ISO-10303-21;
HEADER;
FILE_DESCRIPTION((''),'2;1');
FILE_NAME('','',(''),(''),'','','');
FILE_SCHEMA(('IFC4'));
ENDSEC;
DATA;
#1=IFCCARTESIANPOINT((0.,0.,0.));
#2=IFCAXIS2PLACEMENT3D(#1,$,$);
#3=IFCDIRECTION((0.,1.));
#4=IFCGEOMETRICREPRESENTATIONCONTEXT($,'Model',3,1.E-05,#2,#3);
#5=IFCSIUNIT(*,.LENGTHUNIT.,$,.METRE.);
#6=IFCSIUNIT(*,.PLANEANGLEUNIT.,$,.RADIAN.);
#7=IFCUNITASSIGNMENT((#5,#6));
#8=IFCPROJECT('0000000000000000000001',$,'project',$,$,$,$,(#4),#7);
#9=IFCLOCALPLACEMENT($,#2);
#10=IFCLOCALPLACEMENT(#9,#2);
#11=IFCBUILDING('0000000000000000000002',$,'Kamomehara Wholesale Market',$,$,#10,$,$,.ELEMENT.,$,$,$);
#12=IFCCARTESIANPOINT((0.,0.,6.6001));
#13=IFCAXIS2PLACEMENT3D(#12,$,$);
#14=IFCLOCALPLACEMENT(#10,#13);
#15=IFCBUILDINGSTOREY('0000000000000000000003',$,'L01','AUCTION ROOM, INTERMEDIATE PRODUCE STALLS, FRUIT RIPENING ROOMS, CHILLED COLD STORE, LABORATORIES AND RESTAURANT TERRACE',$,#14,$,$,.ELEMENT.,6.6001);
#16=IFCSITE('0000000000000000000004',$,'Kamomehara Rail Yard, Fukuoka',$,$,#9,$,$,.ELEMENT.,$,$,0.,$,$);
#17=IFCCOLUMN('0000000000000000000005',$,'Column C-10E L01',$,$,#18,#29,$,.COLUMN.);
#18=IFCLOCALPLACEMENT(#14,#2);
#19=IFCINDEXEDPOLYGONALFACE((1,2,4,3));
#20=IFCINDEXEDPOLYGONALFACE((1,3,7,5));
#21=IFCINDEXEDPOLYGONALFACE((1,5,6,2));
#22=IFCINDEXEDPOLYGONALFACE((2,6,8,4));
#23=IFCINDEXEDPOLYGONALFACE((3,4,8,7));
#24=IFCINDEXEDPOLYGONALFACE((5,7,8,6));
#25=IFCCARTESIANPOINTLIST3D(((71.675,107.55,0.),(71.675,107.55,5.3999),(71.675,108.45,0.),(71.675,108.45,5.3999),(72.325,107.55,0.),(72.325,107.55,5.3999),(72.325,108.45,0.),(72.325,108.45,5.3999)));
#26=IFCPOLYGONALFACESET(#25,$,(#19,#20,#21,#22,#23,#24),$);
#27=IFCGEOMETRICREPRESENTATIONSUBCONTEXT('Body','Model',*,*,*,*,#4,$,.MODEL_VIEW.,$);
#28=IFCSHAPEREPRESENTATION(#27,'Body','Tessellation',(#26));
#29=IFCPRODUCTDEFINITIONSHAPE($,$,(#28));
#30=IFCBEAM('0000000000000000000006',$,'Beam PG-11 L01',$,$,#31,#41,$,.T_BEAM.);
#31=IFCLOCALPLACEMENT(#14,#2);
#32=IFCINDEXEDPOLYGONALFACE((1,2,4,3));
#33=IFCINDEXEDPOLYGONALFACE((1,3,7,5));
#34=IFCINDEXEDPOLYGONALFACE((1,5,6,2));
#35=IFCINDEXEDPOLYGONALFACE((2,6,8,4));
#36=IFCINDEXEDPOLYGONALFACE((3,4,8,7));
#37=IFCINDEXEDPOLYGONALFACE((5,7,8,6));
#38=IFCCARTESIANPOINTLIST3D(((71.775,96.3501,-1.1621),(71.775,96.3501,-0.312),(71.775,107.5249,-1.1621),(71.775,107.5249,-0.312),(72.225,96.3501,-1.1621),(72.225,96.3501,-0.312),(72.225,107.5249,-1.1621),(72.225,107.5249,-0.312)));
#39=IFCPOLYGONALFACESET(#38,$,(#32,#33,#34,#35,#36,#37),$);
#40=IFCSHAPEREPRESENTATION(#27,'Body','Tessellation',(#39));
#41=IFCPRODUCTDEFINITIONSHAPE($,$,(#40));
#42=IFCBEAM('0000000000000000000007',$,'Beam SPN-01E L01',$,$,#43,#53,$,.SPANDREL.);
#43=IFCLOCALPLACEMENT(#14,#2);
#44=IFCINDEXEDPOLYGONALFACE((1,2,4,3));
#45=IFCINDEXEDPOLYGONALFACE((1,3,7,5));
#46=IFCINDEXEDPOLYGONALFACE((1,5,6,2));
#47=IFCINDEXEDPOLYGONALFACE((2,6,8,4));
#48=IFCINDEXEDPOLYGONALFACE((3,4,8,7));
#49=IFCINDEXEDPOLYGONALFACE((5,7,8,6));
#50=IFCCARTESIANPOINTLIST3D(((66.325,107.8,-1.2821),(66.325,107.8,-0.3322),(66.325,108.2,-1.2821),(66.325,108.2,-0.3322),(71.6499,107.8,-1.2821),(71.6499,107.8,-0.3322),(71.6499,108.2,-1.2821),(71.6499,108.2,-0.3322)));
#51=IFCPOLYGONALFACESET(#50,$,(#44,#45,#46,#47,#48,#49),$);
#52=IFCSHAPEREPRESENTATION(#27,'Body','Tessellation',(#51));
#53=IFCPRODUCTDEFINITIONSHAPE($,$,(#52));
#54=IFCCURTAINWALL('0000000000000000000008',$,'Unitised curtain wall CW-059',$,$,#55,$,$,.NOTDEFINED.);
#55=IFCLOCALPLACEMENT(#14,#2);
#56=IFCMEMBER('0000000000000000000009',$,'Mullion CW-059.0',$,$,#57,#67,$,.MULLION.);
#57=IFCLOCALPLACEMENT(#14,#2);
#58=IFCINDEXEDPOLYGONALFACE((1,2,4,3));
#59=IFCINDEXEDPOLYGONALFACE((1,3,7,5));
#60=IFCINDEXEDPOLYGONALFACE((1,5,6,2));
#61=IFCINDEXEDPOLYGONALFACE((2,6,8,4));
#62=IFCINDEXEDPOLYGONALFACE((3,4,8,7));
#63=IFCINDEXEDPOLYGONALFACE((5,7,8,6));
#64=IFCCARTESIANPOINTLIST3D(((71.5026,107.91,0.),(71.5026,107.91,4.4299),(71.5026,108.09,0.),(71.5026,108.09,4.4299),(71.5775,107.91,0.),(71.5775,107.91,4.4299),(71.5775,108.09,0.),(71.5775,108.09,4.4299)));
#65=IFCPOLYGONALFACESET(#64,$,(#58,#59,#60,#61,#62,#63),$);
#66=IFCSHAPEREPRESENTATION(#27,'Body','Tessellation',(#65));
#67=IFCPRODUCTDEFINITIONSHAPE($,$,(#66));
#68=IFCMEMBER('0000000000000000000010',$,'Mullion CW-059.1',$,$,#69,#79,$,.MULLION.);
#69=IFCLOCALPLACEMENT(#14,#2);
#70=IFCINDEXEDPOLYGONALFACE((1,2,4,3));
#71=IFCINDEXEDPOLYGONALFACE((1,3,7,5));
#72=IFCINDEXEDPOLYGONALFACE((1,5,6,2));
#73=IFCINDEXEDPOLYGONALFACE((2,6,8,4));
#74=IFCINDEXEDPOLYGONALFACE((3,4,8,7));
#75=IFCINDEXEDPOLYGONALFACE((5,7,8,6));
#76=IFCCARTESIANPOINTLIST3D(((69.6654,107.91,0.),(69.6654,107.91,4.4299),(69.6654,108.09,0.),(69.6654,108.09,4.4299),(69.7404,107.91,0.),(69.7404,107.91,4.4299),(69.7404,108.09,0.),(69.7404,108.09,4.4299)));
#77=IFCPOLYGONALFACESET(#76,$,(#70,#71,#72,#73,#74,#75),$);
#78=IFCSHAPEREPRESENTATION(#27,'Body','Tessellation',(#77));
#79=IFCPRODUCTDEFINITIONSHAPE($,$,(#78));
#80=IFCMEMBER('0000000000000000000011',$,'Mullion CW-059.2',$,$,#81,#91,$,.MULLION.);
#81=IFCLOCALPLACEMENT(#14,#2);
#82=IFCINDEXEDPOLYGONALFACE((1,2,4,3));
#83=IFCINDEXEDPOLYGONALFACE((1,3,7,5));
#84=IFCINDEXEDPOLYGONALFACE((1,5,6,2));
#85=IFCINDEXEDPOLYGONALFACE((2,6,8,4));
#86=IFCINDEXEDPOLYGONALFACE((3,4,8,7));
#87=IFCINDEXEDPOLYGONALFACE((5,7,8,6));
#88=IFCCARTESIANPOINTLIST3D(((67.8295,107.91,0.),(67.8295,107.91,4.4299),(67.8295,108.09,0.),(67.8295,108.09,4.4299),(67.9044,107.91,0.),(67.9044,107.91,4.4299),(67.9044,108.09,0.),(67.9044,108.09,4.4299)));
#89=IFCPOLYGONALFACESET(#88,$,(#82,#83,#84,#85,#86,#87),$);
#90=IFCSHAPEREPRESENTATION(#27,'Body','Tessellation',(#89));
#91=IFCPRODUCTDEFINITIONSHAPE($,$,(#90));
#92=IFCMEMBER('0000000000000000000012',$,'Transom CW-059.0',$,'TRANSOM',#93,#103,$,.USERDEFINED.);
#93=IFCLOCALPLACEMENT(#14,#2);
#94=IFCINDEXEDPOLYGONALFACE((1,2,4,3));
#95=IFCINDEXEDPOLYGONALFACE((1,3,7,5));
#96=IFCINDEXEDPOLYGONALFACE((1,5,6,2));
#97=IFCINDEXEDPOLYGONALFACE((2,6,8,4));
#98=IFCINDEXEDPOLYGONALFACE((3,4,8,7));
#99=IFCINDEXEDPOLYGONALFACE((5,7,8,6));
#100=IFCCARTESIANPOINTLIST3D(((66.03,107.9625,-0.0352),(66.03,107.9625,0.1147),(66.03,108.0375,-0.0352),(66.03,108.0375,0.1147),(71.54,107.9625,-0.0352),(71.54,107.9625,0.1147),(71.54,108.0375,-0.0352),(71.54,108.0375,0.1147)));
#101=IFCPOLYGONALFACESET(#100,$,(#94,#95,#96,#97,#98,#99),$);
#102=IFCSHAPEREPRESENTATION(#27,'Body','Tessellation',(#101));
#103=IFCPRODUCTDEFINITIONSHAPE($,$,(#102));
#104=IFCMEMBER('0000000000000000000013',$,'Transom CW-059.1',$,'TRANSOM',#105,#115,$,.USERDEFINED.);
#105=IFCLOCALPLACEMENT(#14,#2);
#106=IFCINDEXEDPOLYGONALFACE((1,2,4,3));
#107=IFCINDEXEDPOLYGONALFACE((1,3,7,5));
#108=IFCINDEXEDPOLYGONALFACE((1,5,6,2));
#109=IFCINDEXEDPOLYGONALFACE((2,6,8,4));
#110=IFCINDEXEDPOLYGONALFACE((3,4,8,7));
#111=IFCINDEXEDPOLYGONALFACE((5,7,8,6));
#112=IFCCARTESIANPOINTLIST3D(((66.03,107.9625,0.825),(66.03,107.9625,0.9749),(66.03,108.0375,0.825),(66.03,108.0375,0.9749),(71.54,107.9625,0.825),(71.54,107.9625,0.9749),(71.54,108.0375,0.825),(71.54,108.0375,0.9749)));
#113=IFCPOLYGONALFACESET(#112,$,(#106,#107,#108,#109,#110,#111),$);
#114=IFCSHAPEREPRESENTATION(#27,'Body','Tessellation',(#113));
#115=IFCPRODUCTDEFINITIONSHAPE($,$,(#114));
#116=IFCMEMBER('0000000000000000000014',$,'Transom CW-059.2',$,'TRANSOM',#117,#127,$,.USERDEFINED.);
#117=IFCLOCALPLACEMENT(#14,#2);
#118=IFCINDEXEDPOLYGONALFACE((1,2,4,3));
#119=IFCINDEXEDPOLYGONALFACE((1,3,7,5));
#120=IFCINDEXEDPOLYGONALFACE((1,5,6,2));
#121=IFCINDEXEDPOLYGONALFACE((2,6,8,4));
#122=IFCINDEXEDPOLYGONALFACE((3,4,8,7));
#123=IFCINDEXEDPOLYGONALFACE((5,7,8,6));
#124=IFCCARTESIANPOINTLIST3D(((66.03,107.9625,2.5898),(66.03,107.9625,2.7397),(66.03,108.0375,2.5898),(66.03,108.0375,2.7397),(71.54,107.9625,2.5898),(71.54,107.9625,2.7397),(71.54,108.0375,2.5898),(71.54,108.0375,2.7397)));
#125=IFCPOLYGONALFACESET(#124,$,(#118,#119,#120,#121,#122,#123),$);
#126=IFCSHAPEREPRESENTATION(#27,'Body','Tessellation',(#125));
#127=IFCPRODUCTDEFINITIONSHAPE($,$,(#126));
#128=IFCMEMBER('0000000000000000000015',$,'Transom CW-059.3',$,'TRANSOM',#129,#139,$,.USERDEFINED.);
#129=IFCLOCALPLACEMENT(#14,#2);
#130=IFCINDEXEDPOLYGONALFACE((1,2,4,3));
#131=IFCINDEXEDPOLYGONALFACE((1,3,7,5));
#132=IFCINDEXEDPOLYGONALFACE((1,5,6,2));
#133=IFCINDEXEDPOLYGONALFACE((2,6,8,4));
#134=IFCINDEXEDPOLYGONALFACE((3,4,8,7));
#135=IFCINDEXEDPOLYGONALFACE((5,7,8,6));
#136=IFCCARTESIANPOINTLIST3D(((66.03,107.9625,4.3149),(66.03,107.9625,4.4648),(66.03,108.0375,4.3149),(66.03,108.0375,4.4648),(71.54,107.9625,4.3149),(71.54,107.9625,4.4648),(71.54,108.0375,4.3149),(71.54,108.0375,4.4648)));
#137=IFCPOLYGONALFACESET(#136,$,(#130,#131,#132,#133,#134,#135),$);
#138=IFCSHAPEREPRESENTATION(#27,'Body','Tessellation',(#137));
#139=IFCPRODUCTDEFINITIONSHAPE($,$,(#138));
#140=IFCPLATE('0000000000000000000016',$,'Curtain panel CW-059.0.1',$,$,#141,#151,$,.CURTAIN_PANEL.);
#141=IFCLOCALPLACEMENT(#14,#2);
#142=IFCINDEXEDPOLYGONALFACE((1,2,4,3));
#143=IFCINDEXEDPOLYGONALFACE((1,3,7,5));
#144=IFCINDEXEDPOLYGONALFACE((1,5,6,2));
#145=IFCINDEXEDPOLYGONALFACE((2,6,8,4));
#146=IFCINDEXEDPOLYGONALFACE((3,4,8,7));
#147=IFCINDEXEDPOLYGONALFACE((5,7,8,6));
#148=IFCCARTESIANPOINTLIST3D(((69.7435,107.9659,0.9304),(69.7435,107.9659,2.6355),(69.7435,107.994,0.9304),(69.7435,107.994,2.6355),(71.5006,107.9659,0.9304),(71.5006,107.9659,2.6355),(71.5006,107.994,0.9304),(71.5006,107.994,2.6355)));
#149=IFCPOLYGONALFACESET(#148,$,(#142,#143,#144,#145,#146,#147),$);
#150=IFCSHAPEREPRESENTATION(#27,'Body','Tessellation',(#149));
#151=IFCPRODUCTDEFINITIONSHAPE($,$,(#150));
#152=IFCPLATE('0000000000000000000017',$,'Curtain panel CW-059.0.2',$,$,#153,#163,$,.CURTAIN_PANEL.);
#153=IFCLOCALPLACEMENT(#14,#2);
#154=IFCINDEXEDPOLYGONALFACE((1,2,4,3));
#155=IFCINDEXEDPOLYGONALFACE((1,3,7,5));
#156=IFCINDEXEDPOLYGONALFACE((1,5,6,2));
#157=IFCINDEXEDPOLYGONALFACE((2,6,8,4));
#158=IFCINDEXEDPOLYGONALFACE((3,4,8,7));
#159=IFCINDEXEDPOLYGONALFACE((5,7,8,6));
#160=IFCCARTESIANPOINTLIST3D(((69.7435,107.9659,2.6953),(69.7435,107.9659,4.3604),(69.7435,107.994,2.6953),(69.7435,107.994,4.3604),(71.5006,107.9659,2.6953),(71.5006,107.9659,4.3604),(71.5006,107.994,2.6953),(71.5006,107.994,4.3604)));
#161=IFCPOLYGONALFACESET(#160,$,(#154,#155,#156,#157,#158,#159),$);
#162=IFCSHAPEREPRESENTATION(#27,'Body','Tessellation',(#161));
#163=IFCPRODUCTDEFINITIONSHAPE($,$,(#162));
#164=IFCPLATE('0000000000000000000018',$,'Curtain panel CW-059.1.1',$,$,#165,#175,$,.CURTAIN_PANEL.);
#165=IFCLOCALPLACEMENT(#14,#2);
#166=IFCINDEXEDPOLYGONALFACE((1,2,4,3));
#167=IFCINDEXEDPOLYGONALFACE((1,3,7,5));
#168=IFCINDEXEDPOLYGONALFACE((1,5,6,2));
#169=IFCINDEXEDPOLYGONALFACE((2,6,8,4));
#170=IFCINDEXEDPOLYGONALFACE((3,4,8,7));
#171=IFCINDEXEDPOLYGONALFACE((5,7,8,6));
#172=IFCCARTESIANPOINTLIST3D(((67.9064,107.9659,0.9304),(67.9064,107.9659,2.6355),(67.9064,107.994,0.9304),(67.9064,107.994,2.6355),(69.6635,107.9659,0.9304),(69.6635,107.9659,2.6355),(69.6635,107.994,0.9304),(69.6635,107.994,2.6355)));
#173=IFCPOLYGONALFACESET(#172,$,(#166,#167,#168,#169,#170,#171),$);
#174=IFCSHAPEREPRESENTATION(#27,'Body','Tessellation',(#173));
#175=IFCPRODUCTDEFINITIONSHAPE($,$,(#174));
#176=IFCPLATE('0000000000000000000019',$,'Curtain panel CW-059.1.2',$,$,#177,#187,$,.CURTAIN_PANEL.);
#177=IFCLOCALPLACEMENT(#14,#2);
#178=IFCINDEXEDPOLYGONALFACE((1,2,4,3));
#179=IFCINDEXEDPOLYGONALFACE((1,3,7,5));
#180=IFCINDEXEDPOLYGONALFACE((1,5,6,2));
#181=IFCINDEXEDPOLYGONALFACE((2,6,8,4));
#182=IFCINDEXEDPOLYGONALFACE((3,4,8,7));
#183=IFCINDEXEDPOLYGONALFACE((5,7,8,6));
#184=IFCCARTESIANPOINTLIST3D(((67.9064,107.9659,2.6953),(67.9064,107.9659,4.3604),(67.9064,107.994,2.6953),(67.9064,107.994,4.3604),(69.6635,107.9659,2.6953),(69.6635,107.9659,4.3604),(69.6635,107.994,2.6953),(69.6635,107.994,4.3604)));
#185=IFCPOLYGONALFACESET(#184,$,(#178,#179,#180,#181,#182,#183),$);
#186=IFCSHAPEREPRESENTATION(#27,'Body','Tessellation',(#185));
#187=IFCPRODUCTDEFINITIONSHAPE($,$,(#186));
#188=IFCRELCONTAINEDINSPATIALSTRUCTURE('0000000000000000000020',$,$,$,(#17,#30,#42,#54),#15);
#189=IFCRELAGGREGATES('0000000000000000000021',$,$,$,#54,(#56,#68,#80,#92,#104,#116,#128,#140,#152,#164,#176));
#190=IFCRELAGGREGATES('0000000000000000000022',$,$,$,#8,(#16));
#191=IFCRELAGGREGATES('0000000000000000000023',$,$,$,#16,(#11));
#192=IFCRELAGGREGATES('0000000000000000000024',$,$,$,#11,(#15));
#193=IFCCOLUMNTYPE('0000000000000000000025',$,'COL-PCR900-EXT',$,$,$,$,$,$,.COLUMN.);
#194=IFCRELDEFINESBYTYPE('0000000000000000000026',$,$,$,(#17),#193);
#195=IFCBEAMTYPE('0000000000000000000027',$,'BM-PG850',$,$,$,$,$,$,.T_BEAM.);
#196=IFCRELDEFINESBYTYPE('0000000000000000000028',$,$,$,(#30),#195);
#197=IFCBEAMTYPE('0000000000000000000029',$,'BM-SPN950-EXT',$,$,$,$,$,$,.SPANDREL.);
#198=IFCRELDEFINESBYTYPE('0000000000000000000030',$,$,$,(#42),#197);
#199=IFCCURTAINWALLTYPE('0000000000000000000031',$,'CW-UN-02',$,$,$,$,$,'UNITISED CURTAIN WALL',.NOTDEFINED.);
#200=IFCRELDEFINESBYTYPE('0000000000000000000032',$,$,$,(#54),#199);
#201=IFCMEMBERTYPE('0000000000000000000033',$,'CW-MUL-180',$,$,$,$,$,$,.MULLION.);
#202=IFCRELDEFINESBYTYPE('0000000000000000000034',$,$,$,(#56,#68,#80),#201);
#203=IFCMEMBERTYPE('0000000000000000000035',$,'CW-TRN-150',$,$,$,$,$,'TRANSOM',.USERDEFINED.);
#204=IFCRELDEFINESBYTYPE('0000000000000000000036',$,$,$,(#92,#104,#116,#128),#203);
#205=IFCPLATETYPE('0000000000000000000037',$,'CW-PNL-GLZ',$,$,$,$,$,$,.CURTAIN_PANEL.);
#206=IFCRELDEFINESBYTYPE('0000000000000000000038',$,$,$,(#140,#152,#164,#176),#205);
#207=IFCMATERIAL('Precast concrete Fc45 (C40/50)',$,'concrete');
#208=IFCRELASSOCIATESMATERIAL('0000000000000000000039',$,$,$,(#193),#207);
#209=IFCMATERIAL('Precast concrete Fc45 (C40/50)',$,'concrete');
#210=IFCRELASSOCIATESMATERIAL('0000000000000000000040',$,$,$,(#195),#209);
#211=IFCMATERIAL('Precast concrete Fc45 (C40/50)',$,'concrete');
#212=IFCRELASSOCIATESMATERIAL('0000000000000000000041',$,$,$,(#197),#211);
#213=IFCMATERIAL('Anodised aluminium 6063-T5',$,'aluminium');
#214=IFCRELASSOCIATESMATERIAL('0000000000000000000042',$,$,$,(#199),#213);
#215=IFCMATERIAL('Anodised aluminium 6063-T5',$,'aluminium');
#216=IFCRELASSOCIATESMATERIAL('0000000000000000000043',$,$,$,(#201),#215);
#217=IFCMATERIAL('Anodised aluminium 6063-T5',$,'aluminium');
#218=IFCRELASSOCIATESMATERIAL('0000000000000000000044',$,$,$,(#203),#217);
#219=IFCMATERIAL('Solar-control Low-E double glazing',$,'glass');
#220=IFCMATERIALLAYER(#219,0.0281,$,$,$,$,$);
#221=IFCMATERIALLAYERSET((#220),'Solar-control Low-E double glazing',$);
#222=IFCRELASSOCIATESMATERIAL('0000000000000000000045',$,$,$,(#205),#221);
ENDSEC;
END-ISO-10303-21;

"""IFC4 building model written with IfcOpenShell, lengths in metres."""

from ifc_helpers import new_model, si_unit, direction, frame, origin, origin_2d, place, context, subcontext, project, spatial, rectangle, extrude, material, layer, layer_set, material_profile, profile_set, type_object, element, aggregate, save


model = new_model("IFC4")

# Units and contexts
model_context = context("Model", 3, precision=1e-05, world=origin(), true_north=direction((0.0, 1.0)))
body_context = subcontext(model_context, "Body", "Model", "MODEL_VIEW")
ifc_project = project(units=[si_unit("LENGTHUNIT", "METRE"), si_unit("PLANEANGLEUNIT", "RADIAN")], contexts=[model_context])

# Site, building, storey
site_placement = place(None, origin())
site = spatial("IfcSite", under=ifc_project, at=site_placement, Name="Kamomehara Rail Yard, Fukuoka", CompositionType="ELEMENT", RefElevation=0.0)
building_placement = place(site_placement, origin())
building = spatial("IfcBuilding", under=site, at=building_placement, Name="Kamomehara Wholesale Market", CompositionType="ELEMENT")
storey_placement = place(building_placement, frame((0.0, 0.0, 6.6001)))
storey = spatial("IfcBuildingStorey", under=building, at=storey_placement, Name="L01", Description="AUCTION ROOM, INTERMEDIATE PRODUCE STALLS, FRUIT RIPENING ROOMS, CHILLED COLD STORE, LABORATORIES AND RESTAURANT TERRACE", CompositionType="ELEMENT", Elevation=6.6001)

# Column
ifc_material_1 = material(Name="Precast concrete Fc45 (C40/50)", Category="concrete")
ifc_material_profile_1 = material_profile(ifc_material_1, rectangle(XDim=0.6499, YDim=0.8999, at=origin_2d()), Name="PC-COL-650x900")
ifc_profile_set_1 = profile_set([ifc_material_profile_1], Name="Precast concrete Fc45 (C40/50)")
column_type = type_object("IfcColumnType", Name="COL-PCR900-EXT", PredefinedType="COLUMN", material=ifc_profile_set_1)
column_placement = place(storey_placement, frame((72.0, 108.0, 0.0), z_axis=(0.0, 0.0, 1.0), x_axis=(1.0, 0.0, 0.0)))
element("IfcColumn", 1, at=column_placement, inside=storey, type_object=column_type, Name="Column C-10E L01", PredefinedType="COLUMN", context=body_context, shape_type="SweptSolid", body=[
    extrude(rectangle(XDim=0.6499, YDim=0.8999, at=origin_2d()), origin(), (0.0, 0.0, 1.0), 5.3999),
])

# Beams
ifc_material_2 = material(Name="Precast concrete Fc45 (C40/50)", Category="concrete")
ifc_material_profile_2 = material_profile(ifc_material_2, rectangle(XDim=0.45, YDim=0.8501, at=origin_2d()), Name="PC-GRD-450x850")
ifc_profile_set_2 = profile_set([ifc_material_profile_2], Name="Precast concrete Fc45 (C40/50)")
beam_type_1 = type_object("IfcBeamType", Name="BM-PG850", PredefinedType="T_BEAM", material=ifc_profile_set_2)
beam_1_placement = place(storey_placement, frame((72.0, 96.3501, -0.7371), z_axis=(0.0, 1.0, 0.0), x_axis=(-1.0, 0.0, 0.0)))
element("IfcBeam", 2, at=beam_1_placement, inside=storey, type_object=beam_type_1, Name="Beam PG-11 L01", PredefinedType="T_BEAM", context=body_context, shape_type="SweptSolid", body=[
    extrude(rectangle(XDim=0.45, YDim=0.8501, at=origin_2d()), origin(), (0.0, 0.0, 1.0), 11.1748),
])
ifc_material_3 = material(Name="Precast concrete Fc45 (C40/50)", Category="concrete")
ifc_material_profile_3 = material_profile(ifc_material_3, rectangle(XDim=0.3999, YDim=0.95, at=origin_2d()), Name="PC-SPN-400x950")
ifc_profile_set_3 = profile_set([ifc_material_profile_3], Name="Precast concrete Fc45 (C40/50)")
beam_type_2 = type_object("IfcBeamType", Name="BM-SPN950-EXT", PredefinedType="SPANDREL", material=ifc_profile_set_3)
beam_2_placement = place(storey_placement, frame((66.325, 108.0, -0.8071), z_axis=(1.0, 0.0, 0.0), x_axis=(0.0, 1.0, 0.0)))
element("IfcBeam", 3, at=beam_2_placement, inside=storey, type_object=beam_type_2, Name="Beam SPN-01E L01", PredefinedType="SPANDREL", context=body_context, shape_type="SweptSolid", body=[
    extrude(rectangle(XDim=0.3999, YDim=0.95, at=origin_2d()), origin(), (0.0, 0.0, 1.0), 5.325),
])

# Curtain wall, members, plates
ifc_material_4 = material(Name="Anodised aluminium 6063-T5", Category="aluminium")
curtain_wall_type = type_object("IfcCurtainWallType", Name="CW-UN-02", ElementType="UNITISED CURTAIN WALL", PredefinedType="NOTDEFINED", material=ifc_material_4)
curtain_wall_placement = place(storey_placement, origin())
curtain_wall = element("IfcCurtainWall", 4, at=curtain_wall_placement, inside=storey, type_object=curtain_wall_type, Name="Unitised curtain wall CW-059", PredefinedType="NOTDEFINED")
ifc_material_5 = material(Name="Anodised aluminium 6063-T5", Category="aluminium")
ifc_material_profile_4 = material_profile(ifc_material_5, rectangle(XDim=0.075, YDim=0.1799, at=origin_2d()), Name="ALU-MUL-75x180")
ifc_profile_set_4 = profile_set([ifc_material_profile_4], Name="Anodised aluminium 6063-T5")
member_type_1 = type_object("IfcMemberType", Name="CW-MUL-180", PredefinedType="MULLION", material=ifc_profile_set_4)
member_1_placement = place(storey_placement, frame((71.54, 108.0, 0.0), z_axis=(0.0, 0.0, 1.0), x_axis=(-1.0, 0.0, 0.0)))
member_1 = element("IfcMember", 5, at=member_1_placement, type_object=member_type_1, Name="Mullion CW-059.0", PredefinedType="MULLION", context=body_context, shape_type="SweptSolid", body=[
    extrude(rectangle(XDim=0.075, YDim=0.1799, at=origin_2d()), origin(), (0.0, 0.0, 1.0), 4.4299),
])
member_2_placement = place(storey_placement, frame((69.7029, 108.0, 0.0), z_axis=(0.0, 0.0, 1.0), x_axis=(-1.0, 0.0, 0.0)))
member_2 = element("IfcMember", 6, at=member_2_placement, type_object=member_type_1, Name="Mullion CW-059.1", PredefinedType="MULLION", context=body_context, shape_type="SweptSolid", body=[
    extrude(rectangle(XDim=0.075, YDim=0.1799, at=origin_2d()), origin(), (0.0, 0.0, 1.0), 4.4299),
])
member_3_placement = place(storey_placement, frame((67.8669, 108.0, 0.0), z_axis=(0.0, 0.0, 1.0), x_axis=(-1.0, 0.0, 0.0)))
member_3 = element("IfcMember", 7, at=member_3_placement, type_object=member_type_1, Name="Mullion CW-059.2", PredefinedType="MULLION", context=body_context, shape_type="SweptSolid", body=[
    extrude(rectangle(XDim=0.075, YDim=0.1799, at=origin_2d()), origin(), (0.0, 0.0, 1.0), 4.4299),
])
ifc_material_6 = material(Name="Anodised aluminium 6063-T5", Category="aluminium")
ifc_material_profile_5 = material_profile(ifc_material_6, rectangle(XDim=0.075, YDim=0.1499, at=origin_2d()), Name="ALU-TRN-75x150")
ifc_profile_set_5 = profile_set([ifc_material_profile_5], Name="Anodised aluminium 6063-T5")
member_type_2 = type_object("IfcMemberType", Name="CW-TRN-150", ElementType="TRANSOM", PredefinedType="USERDEFINED", material=ifc_profile_set_5)
member_4_placement = place(storey_placement, frame((71.54, 108.0, 0.0398), z_axis=(-1.0, 0.0, 0.0), x_axis=(0.0, -1.0, 0.0)))
member_4 = element("IfcMember", 8, at=member_4_placement, type_object=member_type_2, Name="Transom CW-059.0", ObjectType="TRANSOM", PredefinedType="USERDEFINED", context=body_context, shape_type="SweptSolid", body=[
    extrude(rectangle(XDim=0.075, YDim=0.1499, at=origin_2d()), origin(), (0.0, 0.0, 1.0), 5.51),
])
member_5_placement = place(storey_placement, frame((71.54, 108.0, 0.8999), z_axis=(-1.0, 0.0, 0.0), x_axis=(0.0, -1.0, 0.0)))
member_5 = element("IfcMember", 9, at=member_5_placement, type_object=member_type_2, Name="Transom CW-059.1", ObjectType="TRANSOM", PredefinedType="USERDEFINED", context=body_context, shape_type="SweptSolid", body=[
    extrude(rectangle(XDim=0.075, YDim=0.1499, at=origin_2d()), origin(), (0.0, 0.0, 1.0), 5.51),
])
member_6_placement = place(storey_placement, frame((71.54, 108.0, 2.6648), z_axis=(-1.0, 0.0, 0.0), x_axis=(0.0, -1.0, 0.0)))
member_6 = element("IfcMember", 10, at=member_6_placement, type_object=member_type_2, Name="Transom CW-059.2", ObjectType="TRANSOM", PredefinedType="USERDEFINED", context=body_context, shape_type="SweptSolid", body=[
    extrude(rectangle(XDim=0.075, YDim=0.1499, at=origin_2d()), origin(), (0.0, 0.0, 1.0), 5.51),
])
member_7_placement = place(storey_placement, frame((71.54, 108.0, 4.3899), z_axis=(-1.0, 0.0, 0.0), x_axis=(0.0, -1.0, 0.0)))
member_7 = element("IfcMember", 11, at=member_7_placement, type_object=member_type_2, Name="Transom CW-059.3", ObjectType="TRANSOM", PredefinedType="USERDEFINED", context=body_context, shape_type="SweptSolid", body=[
    extrude(rectangle(XDim=0.075, YDim=0.1499, at=origin_2d()), origin(), (0.0, 0.0, 1.0), 5.51),
])
ifc_material_7 = material(Name="Solar-control Low-E double glazing", Category="glass")
ifc_layer_1 = layer(ifc_material_7, 0.0281)
ifc_layer_set_1 = layer_set([ifc_layer_1], Name="Solar-control Low-E double glazing")
plate_type_1 = type_object("IfcPlateType", Name="CW-PNL-GLZ", PredefinedType="CURTAIN_PANEL", material=ifc_layer_set_1)
plate_1_placement = place(storey_placement, frame((70.6221, 107.98, 0.9304), z_axis=(0.0, 0.0, 1.0), x_axis=(-1.0, 0.0, 0.0)))
plate_1 = element("IfcPlate", 12, at=plate_1_placement, type_object=plate_type_1, Name="Curtain panel CW-059.0.1", PredefinedType="CURTAIN_PANEL", context=body_context, shape_type="SweptSolid", body=[
    extrude(rectangle(XDim=1.7571, YDim=0.0281, at=origin_2d()), origin(), (0.0, 0.0, 1.0), 1.7051),
])
plate_2_placement = place(storey_placement, frame((70.6221, 107.98, 2.6953), z_axis=(0.0, 0.0, 1.0), x_axis=(-1.0, 0.0, 0.0)))
plate_2 = element("IfcPlate", 13, at=plate_2_placement, type_object=plate_type_1, Name="Curtain panel CW-059.0.2", PredefinedType="CURTAIN_PANEL", context=body_context, shape_type="SweptSolid", body=[
    extrude(rectangle(XDim=1.7571, YDim=0.0281, at=origin_2d()), origin(), (0.0, 0.0, 1.0), 1.665),
])
plate_3_placement = place(storey_placement, frame((68.7849, 107.98, 0.9304), z_axis=(0.0, 0.0, 1.0), x_axis=(-1.0, 0.0, 0.0)))
plate_3 = element("IfcPlate", 14, at=plate_3_placement, type_object=plate_type_1, Name="Curtain panel CW-059.1.1", PredefinedType="CURTAIN_PANEL", context=body_context, shape_type="SweptSolid", body=[
    extrude(rectangle(XDim=1.7571, YDim=0.0281, at=origin_2d()), origin(), (0.0, 0.0, 1.0), 1.7051),
])
plate_4_placement = place(storey_placement, frame((68.7849, 107.98, 2.6953), z_axis=(0.0, 0.0, 1.0), x_axis=(-1.0, 0.0, 0.0)))
plate_4 = element("IfcPlate", 15, at=plate_4_placement, type_object=plate_type_1, Name="Curtain panel CW-059.1.2", PredefinedType="CURTAIN_PANEL", context=body_context, shape_type="SweptSolid", body=[
    extrude(rectangle(XDim=1.7571, YDim=0.0281, at=origin_2d()), origin(), (0.0, 0.0, 1.0), 1.665),
])
aggregate(curtain_wall, [member_1, member_2, member_3, member_4, member_5, member_6, member_7, plate_1, plate_2, plate_3, plate_4])

save(model, "model.ifc")
